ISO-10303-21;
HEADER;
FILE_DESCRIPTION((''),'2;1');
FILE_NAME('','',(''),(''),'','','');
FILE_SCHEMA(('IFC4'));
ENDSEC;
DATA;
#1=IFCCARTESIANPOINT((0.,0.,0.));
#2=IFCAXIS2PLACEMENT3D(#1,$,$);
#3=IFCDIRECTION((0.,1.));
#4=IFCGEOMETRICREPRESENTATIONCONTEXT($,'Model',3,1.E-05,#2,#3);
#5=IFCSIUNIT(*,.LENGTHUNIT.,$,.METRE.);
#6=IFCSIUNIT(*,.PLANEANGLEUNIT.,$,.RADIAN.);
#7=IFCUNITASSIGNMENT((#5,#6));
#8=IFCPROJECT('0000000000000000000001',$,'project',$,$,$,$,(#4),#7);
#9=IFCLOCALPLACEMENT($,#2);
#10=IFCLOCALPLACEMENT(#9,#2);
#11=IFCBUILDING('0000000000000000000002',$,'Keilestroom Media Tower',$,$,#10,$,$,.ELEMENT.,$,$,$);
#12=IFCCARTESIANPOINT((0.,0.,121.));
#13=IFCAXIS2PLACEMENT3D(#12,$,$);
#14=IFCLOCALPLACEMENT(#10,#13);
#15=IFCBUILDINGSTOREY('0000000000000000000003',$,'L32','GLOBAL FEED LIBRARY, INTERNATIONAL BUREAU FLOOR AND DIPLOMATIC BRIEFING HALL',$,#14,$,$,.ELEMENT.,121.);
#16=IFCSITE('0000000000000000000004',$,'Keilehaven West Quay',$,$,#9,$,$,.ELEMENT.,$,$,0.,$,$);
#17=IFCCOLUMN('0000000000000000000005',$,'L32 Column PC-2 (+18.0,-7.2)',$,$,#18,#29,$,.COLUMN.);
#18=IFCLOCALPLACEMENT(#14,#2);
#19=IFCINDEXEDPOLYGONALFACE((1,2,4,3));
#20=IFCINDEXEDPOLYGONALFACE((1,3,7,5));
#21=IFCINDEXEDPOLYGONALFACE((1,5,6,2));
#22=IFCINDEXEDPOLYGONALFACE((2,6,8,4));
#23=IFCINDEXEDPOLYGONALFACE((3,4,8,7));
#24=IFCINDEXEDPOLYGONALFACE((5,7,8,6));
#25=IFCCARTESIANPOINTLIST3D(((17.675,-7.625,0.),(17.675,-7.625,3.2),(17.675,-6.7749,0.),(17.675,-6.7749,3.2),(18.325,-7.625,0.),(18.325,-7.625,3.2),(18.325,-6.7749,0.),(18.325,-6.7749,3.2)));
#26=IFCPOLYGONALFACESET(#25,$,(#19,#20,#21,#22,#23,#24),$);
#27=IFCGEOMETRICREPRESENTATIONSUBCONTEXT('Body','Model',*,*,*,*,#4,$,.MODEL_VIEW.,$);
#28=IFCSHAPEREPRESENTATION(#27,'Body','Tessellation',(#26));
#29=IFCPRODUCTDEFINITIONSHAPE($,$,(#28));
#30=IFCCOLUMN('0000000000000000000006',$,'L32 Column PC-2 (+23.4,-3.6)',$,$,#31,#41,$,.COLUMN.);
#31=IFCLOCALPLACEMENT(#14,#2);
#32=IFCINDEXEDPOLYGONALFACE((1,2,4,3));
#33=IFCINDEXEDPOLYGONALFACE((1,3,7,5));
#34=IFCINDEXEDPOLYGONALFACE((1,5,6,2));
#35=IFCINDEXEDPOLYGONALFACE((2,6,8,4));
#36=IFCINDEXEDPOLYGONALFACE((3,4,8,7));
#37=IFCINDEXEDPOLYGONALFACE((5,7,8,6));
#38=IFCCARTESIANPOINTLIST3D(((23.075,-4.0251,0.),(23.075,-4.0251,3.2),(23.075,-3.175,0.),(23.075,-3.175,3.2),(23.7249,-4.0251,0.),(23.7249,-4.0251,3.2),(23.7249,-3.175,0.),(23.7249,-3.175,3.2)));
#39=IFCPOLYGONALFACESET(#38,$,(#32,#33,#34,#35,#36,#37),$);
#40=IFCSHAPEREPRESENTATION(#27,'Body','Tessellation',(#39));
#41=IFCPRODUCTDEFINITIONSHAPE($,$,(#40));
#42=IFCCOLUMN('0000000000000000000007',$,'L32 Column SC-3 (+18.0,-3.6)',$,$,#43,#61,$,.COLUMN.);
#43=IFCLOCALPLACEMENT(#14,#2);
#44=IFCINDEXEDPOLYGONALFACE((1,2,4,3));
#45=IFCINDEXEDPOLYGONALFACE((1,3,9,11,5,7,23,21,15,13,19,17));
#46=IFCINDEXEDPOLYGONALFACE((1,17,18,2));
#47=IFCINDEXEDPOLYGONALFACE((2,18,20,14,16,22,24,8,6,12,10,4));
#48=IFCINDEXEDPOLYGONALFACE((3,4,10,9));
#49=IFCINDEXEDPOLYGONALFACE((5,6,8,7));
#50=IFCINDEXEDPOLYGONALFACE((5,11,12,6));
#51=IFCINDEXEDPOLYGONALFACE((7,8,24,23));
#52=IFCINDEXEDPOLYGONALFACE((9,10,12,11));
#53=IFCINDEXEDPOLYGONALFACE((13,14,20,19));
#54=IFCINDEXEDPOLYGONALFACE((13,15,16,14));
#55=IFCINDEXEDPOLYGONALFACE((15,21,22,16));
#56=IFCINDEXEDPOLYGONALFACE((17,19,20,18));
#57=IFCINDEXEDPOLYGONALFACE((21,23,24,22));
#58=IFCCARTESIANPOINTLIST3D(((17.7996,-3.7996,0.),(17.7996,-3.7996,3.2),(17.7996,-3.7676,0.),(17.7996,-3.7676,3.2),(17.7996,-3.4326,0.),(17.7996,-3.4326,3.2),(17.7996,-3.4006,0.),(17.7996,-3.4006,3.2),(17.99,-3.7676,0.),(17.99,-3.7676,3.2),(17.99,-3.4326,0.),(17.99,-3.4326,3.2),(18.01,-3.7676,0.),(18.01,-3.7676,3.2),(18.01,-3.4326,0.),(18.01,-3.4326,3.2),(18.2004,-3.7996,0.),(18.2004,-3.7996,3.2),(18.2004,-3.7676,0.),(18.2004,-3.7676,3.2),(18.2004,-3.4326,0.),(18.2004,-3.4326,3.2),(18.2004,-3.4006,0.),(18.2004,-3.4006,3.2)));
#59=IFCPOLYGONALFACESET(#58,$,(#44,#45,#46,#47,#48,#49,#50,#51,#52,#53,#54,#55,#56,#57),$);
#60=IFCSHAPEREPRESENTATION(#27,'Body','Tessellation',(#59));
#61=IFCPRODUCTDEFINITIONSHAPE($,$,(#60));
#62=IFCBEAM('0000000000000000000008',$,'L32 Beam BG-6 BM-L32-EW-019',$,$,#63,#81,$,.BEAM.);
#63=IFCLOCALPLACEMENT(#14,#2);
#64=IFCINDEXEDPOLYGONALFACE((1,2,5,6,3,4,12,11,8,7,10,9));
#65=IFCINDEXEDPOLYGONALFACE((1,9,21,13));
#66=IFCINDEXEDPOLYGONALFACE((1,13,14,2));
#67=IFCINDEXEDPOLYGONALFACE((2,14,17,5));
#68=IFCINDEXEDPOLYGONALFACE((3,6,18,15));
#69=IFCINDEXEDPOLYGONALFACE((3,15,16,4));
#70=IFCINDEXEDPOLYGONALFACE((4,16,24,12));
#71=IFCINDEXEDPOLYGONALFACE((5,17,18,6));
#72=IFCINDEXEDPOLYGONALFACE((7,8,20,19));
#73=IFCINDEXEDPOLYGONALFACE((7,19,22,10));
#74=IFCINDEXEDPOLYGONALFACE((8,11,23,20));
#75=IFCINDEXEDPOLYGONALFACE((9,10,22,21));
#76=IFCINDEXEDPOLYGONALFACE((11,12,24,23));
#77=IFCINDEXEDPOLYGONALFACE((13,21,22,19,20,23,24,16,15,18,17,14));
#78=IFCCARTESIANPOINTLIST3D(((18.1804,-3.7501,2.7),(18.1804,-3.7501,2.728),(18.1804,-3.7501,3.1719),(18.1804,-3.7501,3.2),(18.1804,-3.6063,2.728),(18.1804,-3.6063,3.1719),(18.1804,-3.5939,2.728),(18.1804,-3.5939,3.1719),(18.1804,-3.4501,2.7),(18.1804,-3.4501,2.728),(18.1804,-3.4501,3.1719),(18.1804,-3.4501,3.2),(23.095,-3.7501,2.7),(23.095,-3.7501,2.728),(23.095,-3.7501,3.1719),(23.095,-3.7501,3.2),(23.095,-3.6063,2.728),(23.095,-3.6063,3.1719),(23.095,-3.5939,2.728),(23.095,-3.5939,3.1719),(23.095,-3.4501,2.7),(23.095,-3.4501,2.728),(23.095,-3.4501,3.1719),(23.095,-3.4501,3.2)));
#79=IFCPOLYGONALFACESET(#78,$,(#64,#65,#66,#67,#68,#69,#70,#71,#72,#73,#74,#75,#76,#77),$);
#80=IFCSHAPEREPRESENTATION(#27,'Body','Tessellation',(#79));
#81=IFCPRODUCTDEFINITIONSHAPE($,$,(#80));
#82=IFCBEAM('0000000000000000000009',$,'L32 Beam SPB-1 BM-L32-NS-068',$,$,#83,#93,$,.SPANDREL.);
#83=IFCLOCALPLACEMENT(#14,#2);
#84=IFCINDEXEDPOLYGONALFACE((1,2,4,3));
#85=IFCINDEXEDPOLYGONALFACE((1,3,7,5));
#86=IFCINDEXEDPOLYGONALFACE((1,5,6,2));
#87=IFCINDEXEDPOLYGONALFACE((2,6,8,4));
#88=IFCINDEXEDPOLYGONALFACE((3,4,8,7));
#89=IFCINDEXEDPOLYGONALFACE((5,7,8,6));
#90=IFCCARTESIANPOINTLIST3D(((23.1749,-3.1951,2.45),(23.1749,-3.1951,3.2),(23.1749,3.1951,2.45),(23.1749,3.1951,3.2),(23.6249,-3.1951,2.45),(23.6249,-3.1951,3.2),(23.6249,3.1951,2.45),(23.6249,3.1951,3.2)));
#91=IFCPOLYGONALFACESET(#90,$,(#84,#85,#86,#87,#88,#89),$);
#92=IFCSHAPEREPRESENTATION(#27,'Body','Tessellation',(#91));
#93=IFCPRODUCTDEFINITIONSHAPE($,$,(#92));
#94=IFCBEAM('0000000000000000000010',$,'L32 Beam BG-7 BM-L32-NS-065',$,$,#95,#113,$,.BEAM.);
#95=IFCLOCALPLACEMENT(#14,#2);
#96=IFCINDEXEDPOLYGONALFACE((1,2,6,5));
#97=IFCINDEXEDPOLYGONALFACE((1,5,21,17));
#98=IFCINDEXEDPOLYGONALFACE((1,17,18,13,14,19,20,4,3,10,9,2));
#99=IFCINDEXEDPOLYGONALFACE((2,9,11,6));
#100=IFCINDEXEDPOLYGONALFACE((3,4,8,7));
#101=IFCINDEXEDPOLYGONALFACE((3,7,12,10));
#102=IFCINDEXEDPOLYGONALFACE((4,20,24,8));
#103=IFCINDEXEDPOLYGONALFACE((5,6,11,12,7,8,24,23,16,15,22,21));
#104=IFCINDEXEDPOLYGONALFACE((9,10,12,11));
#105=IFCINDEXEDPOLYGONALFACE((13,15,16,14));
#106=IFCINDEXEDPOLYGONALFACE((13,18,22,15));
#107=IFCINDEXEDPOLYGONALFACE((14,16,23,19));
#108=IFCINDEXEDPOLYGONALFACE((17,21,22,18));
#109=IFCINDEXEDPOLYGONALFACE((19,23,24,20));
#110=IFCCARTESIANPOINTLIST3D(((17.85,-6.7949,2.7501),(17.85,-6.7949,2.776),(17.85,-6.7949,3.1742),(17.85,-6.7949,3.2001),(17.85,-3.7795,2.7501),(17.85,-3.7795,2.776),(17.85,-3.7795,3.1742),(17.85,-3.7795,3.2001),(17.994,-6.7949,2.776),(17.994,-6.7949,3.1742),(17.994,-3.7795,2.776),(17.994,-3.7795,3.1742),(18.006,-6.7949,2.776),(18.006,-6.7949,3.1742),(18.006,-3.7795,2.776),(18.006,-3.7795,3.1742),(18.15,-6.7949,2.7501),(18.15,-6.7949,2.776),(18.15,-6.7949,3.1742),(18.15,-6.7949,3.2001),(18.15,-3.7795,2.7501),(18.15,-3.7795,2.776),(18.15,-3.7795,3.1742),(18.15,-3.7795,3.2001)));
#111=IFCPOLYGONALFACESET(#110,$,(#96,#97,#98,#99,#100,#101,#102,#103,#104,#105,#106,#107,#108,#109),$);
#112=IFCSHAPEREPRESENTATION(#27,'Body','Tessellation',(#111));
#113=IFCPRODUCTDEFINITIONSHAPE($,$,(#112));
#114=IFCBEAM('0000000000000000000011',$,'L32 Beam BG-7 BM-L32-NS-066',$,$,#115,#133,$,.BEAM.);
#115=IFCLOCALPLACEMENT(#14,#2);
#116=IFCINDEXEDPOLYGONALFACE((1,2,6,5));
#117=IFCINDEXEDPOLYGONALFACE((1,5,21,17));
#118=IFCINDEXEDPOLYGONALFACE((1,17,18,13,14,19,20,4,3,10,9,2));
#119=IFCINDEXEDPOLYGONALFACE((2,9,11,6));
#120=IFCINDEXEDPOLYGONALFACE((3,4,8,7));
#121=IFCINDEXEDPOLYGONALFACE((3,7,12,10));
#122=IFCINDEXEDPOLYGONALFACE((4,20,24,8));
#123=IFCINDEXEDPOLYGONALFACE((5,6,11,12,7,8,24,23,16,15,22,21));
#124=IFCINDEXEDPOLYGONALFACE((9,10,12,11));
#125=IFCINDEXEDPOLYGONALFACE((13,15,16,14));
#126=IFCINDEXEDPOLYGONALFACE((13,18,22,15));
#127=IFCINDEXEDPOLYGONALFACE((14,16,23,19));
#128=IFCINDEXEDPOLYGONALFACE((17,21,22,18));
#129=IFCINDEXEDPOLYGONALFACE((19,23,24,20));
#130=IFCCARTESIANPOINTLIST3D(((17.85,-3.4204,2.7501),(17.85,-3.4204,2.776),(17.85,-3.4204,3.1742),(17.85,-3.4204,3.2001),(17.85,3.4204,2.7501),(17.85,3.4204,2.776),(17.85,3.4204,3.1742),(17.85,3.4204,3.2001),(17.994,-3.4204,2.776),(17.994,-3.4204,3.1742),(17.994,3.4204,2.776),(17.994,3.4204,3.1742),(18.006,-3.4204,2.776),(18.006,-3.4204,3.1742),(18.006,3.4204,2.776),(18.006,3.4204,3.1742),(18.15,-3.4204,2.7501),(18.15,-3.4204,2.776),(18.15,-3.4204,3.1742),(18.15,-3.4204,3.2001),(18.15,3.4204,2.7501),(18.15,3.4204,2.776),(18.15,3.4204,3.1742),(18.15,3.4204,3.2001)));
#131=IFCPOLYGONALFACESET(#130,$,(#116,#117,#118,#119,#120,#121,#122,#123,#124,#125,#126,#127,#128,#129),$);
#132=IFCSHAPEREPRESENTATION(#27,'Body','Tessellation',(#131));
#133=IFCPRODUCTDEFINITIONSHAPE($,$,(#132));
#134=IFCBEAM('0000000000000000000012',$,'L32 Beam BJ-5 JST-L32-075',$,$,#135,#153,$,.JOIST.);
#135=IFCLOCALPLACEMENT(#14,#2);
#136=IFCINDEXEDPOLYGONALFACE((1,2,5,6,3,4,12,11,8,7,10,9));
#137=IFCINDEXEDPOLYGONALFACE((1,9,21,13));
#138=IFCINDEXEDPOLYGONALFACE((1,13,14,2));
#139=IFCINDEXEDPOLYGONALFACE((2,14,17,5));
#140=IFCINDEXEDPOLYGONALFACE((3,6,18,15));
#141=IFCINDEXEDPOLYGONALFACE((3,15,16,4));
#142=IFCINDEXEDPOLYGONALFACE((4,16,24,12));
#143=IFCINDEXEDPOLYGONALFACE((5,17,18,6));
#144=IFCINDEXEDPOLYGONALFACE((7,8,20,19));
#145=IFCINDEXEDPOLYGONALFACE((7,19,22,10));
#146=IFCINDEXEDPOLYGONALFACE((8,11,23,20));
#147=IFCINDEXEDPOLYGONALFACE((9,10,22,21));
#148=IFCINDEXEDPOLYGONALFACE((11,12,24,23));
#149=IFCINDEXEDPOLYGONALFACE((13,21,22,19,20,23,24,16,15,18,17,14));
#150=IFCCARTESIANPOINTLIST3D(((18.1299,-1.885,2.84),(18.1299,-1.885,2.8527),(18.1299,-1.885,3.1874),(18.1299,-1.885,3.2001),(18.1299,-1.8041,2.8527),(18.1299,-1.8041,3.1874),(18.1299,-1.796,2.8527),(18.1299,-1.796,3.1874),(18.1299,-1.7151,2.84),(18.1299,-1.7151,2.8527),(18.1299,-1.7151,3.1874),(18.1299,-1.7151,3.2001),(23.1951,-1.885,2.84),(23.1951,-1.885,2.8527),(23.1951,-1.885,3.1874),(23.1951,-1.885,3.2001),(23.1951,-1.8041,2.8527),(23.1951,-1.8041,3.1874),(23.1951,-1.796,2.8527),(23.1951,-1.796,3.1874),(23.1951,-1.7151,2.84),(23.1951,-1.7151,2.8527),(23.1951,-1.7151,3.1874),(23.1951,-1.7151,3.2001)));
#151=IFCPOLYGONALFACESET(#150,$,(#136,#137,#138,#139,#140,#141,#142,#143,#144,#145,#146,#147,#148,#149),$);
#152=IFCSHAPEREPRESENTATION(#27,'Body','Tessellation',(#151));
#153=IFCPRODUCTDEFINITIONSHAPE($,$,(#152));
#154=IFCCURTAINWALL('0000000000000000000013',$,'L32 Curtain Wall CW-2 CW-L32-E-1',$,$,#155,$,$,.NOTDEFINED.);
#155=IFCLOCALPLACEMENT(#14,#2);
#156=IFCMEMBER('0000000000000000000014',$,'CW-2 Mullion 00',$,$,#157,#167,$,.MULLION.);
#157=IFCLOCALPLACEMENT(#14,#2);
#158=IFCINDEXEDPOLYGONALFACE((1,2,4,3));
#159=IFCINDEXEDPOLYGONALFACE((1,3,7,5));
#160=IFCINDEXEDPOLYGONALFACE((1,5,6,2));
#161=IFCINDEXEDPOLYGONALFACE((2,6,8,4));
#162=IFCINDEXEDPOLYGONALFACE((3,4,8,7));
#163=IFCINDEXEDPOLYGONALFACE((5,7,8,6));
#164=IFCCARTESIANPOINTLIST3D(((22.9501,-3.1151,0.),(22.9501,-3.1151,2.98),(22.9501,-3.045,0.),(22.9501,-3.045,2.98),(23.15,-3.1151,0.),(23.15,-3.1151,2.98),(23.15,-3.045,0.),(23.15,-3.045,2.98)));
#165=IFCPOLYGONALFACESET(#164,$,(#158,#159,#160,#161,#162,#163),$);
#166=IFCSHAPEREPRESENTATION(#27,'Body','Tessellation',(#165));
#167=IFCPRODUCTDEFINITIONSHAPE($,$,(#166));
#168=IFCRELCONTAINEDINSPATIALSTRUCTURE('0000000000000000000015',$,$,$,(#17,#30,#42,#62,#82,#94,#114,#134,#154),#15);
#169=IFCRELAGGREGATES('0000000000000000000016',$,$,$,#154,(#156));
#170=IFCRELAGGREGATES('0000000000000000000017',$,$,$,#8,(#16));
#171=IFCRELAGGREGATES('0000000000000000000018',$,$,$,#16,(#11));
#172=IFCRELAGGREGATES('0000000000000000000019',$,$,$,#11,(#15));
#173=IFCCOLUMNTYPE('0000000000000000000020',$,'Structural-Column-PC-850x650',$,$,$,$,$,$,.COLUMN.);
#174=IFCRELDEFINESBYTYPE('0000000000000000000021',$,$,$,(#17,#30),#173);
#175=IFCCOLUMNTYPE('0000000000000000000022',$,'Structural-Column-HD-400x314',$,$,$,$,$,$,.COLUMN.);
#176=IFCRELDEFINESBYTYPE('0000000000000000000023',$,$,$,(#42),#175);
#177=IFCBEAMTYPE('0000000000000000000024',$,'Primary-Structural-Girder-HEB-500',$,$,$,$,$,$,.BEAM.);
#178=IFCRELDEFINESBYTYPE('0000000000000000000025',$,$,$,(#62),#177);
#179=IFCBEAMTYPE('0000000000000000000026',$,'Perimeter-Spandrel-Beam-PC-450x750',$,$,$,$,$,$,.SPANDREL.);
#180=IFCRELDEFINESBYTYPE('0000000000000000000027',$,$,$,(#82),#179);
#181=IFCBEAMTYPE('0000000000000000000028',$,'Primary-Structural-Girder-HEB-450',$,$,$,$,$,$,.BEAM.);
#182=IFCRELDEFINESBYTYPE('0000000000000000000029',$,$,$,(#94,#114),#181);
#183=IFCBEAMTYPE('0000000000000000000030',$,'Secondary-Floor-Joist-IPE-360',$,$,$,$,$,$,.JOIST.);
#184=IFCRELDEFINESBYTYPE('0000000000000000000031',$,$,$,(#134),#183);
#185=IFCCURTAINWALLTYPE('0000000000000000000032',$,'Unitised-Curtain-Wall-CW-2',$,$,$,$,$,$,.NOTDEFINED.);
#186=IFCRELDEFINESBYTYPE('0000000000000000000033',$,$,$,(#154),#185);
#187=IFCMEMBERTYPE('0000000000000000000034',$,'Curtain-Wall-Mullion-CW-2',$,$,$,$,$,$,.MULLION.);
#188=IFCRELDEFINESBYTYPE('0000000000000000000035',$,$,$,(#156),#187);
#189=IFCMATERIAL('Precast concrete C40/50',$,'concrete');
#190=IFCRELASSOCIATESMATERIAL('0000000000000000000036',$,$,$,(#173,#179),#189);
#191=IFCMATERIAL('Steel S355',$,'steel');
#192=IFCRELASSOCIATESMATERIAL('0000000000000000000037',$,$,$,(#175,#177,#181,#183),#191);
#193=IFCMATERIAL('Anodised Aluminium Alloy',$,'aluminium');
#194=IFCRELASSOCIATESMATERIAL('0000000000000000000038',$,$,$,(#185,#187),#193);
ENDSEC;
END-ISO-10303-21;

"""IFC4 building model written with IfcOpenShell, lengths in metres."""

from ifc_helpers import new_model, si_unit, direction, frame, origin, origin_2d, place, context, subcontext, project, spatial, rectangle, i_section, extrude, source, transform, mapped, material, material_profile, profile_set, type_object, element, aggregate, save


model = new_model("IFC4")

# Units and contexts
model_context = context("Model", 3, precision=1e-05, world=origin(), true_north=direction((0.0, 1.0)))
body_context = subcontext(model_context, "Body", "Model", "MODEL_VIEW")
ifc_project = project(units=[si_unit("LENGTHUNIT", "METRE"), si_unit("PLANEANGLEUNIT", "RADIAN")], contexts=[model_context])

# Site, building, storey
site_placement = place(None, origin())
site = spatial("IfcSite", under=ifc_project, at=site_placement, Name="Keilehaven West Quay", CompositionType="ELEMENT", RefElevation=0.0)
building_placement = place(site_placement, origin())
building = spatial("IfcBuilding", under=site, at=building_placement, Name="Keilestroom Media Tower", CompositionType="ELEMENT")
storey_placement = place(building_placement, frame((0.0, 0.0, 121.0)))
storey = spatial("IfcBuildingStorey", under=building, at=storey_placement, Name="L32", Description="GLOBAL FEED LIBRARY, INTERNATIONAL BUREAU FLOOR AND DIPLOMATIC BRIEFING HALL", CompositionType="ELEMENT", Elevation=121.0)

# Columns
ifc_material_1 = material(Name="Precast concrete C40/50", Category="concrete")
ifc_material_profile_1 = material_profile(ifc_material_1, rectangle(XDim=0.6499, YDim=0.8501, at=origin_2d()), Name="PC 850x650")
ifc_profile_set_1 = profile_set([ifc_material_profile_1], Name="Precast concrete C40/50")
column_type_1 = type_object("IfcColumnType", Name="Structural-Column-PC-850x650", PredefinedType="COLUMN", material=ifc_profile_set_1)
shared_shape_1 = source(origin(), body_context, "Body", "SweptSolid", [
    extrude(rectangle(XDim=0.6499, YDim=0.8501, at=origin_2d()), origin(), (0.0, 0.0, 1.0), 3.2),
])
for number, where, z_axis, x_axis, name in (
    (1, (18.0, -7.2, 0.0), (0.0, 0.0, 1.0), (1.0, 0.0, 0.0), "L32 Column PC-2 (+18.0,-7.2)"),
    (2, (23.3999, -3.6001, 0.0), (0.0, 0.0, 1.0), (1.0, 0.0, 0.0), "L32 Column PC-2 (+23.4,-3.6)"),
):
    element("IfcColumn", number, at=place(storey_placement, frame(where, z_axis=z_axis, x_axis=x_axis)), inside=storey, type_object=column_type_1, Name=name, PredefinedType="COLUMN", context=body_context, shape_type="MappedRepresentation", body=[
        mapped(shared_shape_1, transform((0.0, 0.0, 0.0), x_axis=(1.0, 0.0, 0.0), y_axis=(0.0, 1.0, 0.0), z_axis=(0.0, 0.0, 1.0), scale=1.0)),
    ])
ifc_material_2 = material(Name="Steel S355", Category="steel")
ifc_material_profile_2 = material_profile(ifc_material_2, i_section(OverallWidth=0.4009, OverallDepth=0.3989, WebThickness=0.02, FlangeThickness=0.032, at=origin_2d()), Name="HD 400x314")
ifc_profile_set_2 = profile_set([ifc_material_profile_2], Name="Steel S355")
column_type_2 = type_object("IfcColumnType", Name="Structural-Column-HD-400x314", PredefinedType="COLUMN", material=ifc_profile_set_2)
shared_shape_2 = source(origin(), body_context, "Body", "SweptSolid", [
    extrude(i_section(OverallWidth=0.4009, OverallDepth=0.3989, WebThickness=0.02, FlangeThickness=0.032, at=origin_2d()), origin(), (0.0, 0.0, 1.0), 3.2),
])
column_placement = place(storey_placement, frame((18.0, -3.6001, 0.0), z_axis=(0.0, 0.0, 1.0), x_axis=(1.0, 0.0, 0.0)))
element("IfcColumn", 3, at=column_placement, inside=storey, type_object=column_type_2, Name="L32 Column SC-3 (+18.0,-3.6)", PredefinedType="COLUMN", context=body_context, shape_type="MappedRepresentation", body=[
    mapped(shared_shape_2, transform((0.0, 0.0, 0.0), x_axis=(1.0, 0.0, 0.0), y_axis=(0.0, 1.0, 0.0), z_axis=(0.0, 0.0, 1.0), scale=1.0)),
])

# Beams
ifc_material_profile_3 = material_profile(ifc_material_2, i_section(OverallWidth=0.3, OverallDepth=0.5, WebThickness=0.0125, FlangeThickness=0.0281, at=origin_2d()), Name="HEB 500")
ifc_profile_set_3 = profile_set([ifc_material_profile_3], Name="Steel S355")
beam_type_1 = type_object("IfcBeamType", Name="Primary-Structural-Girder-HEB-500", PredefinedType="BEAM", material=ifc_profile_set_3)
shared_shape_3 = source(origin(), body_context, "Body", "SweptSolid", [
    extrude(i_section(OverallWidth=0.3, OverallDepth=0.5, WebThickness=0.0125, FlangeThickness=0.0281, at=origin_2d()), origin(), (0.0, 0.0, 1.0), 4.9146),
])
beam_1_placement = place(storey_placement, frame((18.1804, -3.6001, 2.95), z_axis=(1.0, 0.0, 0.0), x_axis=(0.0, 1.0, 0.0)))
element("IfcBeam", 4, at=beam_1_placement, inside=storey, type_object=beam_type_1, Name="L32 Beam BG-6 BM-L32-EW-019", PredefinedType="BEAM", context=body_context, shape_type="MappedRepresentation", body=[
    mapped(shared_shape_3, transform((0.0, 0.0, 0.0), x_axis=(1.0, 0.0, 0.0), y_axis=(0.0, 1.0, 0.0), z_axis=(0.0, 0.0, 1.0), scale=1.0)),
])
ifc_material_profile_4 = material_profile(ifc_material_1, rectangle(XDim=0.45, YDim=0.75, at=origin_2d()), Name="PC 450x750")
ifc_profile_set_4 = profile_set([ifc_material_profile_4], Name="Precast concrete C40/50")
beam_type_2 = type_object("IfcBeamType", Name="Perimeter-Spandrel-Beam-PC-450x750", PredefinedType="SPANDREL", material=ifc_profile_set_4)
shared_shape_4 = source(origin(), body_context, "Body", "SweptSolid", [
    extrude(rectangle(XDim=0.45, YDim=0.75, at=origin_2d()), origin(), (0.0, 0.0, 1.0), 6.3901),
])
beam_2_placement = place(storey_placement, frame((23.3999, -3.1951, 2.825), z_axis=(0.0, 1.0, 0.0), x_axis=(-1.0, 0.0, 0.0)))
element("IfcBeam", 5, at=beam_2_placement, inside=storey, type_object=beam_type_2, Name="L32 Beam SPB-1 BM-L32-NS-068", PredefinedType="SPANDREL", context=body_context, shape_type="MappedRepresentation", body=[
    mapped(shared_shape_4, transform((0.0, 0.0, 0.0), x_axis=(1.0, 0.0, 0.0), y_axis=(0.0, 1.0, 0.0), z_axis=(0.0, 0.0, 1.0), scale=1.0)),
])
ifc_material_profile_5 = material_profile(ifc_material_2, i_section(OverallWidth=0.3, OverallDepth=0.45, WebThickness=0.012, FlangeThickness=0.0259, at=origin_2d()), Name="HEB 450")
ifc_profile_set_5 = profile_set([ifc_material_profile_5], Name="Steel S355")
beam_type_3 = type_object("IfcBeamType", Name="Primary-Structural-Girder-HEB-450", PredefinedType="BEAM", material=ifc_profile_set_5)
shared_shape_5 = source(origin(), body_context, "Body", "SweptSolid", [
    extrude(i_section(OverallWidth=0.3, OverallDepth=0.45, WebThickness=0.012, FlangeThickness=0.0259, at=origin_2d()), origin(), (0.0, 0.0, 1.0), 3.0154),
])
beam_3_placement = place(storey_placement, frame((18.0, -6.7949, 2.9751), z_axis=(0.0, 1.0, 0.0), x_axis=(-1.0, 0.0, 0.0)))
element("IfcBeam", 6, at=beam_3_placement, inside=storey, type_object=beam_type_3, Name="L32 Beam BG-7 BM-L32-NS-065", PredefinedType="BEAM", context=body_context, shape_type="MappedRepresentation", body=[
    mapped(shared_shape_5, transform((0.0, 0.0, 0.0), x_axis=(1.0, 0.0, 0.0), y_axis=(0.0, 1.0, 0.0), z_axis=(0.0, 0.0, 1.0), scale=1.0)),
])
shared_shape_6 = source(origin(), body_context, "Body", "SweptSolid", [
    extrude(i_section(OverallWidth=0.3, OverallDepth=0.45, WebThickness=0.012, FlangeThickness=0.0259, at=origin_2d()), origin(), (0.0, 0.0, 1.0), 6.8408),
])
beam_4_placement = place(storey_placement, frame((18.0, -3.4204, 2.9751), z_axis=(0.0, 1.0, 0.0), x_axis=(-1.0, 0.0, 0.0)))
element("IfcBeam", 7, at=beam_4_placement, inside=storey, type_object=beam_type_3, Name="L32 Beam BG-7 BM-L32-NS-066", PredefinedType="BEAM", context=body_context, shape_type="MappedRepresentation", body=[
    mapped(shared_shape_6, transform((0.0, 0.0, 0.0), x_axis=(1.0, 0.0, 0.0), y_axis=(0.0, 1.0, 0.0), z_axis=(0.0, 0.0, 1.0), scale=1.0)),
])
ifc_material_profile_6 = material_profile(ifc_material_2, i_section(OverallWidth=0.1699, OverallDepth=0.3601, WebThickness=0.0081, FlangeThickness=0.0127, at=origin_2d()), Name="IPE 360")
ifc_profile_set_6 = profile_set([ifc_material_profile_6], Name="Steel S355")
beam_type_4 = type_object("IfcBeamType", Name="Secondary-Floor-Joist-IPE-360", PredefinedType="JOIST", material=ifc_profile_set_6)
shared_shape_7 = source(origin(), body_context, "Body", "SweptSolid", [
    extrude(i_section(OverallWidth=0.1699, OverallDepth=0.3601, WebThickness=0.0081, FlangeThickness=0.0127, at=origin_2d()), origin(), (0.0, 0.0, 1.0), 5.0652),
])
beam_5_placement = place(storey_placement, frame((18.1299, -1.8, 3.02), z_axis=(1.0, 0.0, 0.0), x_axis=(0.0, 1.0, 0.0)))
element("IfcBeam", 8, at=beam_5_placement, inside=storey, type_object=beam_type_4, Name="L32 Beam BJ-5 JST-L32-075", PredefinedType="JOIST", context=body_context, shape_type="MappedRepresentation", body=[
    mapped(shared_shape_7, transform((0.0, 0.0, 0.0), x_axis=(1.0, 0.0, 0.0), y_axis=(0.0, 1.0, 0.0), z_axis=(0.0, 0.0, 1.0), scale=1.0)),
])

# Curtain wall, member
ifc_material_3 = material(Name="Anodised Aluminium Alloy", Category="aluminium")
curtain_wall_type = type_object("IfcCurtainWallType", Name="Unitised-Curtain-Wall-CW-2", PredefinedType="NOTDEFINED", material=ifc_material_3)
curtain_wall_1_placement = place(storey_placement, origin())
curtain_wall_1 = element("IfcCurtainWall", 9, at=curtain_wall_1_placement, inside=storey, type_object=curtain_wall_type, Name="L32 Curtain Wall CW-2 CW-L32-E-1", PredefinedType="NOTDEFINED")
ifc_material_profile_7 = material_profile(ifc_material_3, rectangle(XDim=0.0701, YDim=0.2, at=origin_2d()), Name="ALU MULLION 70x200")
ifc_profile_set_7 = profile_set([ifc_material_profile_7], Name="Anodised Aluminium Alloy")
member_type_1 = type_object("IfcMemberType", Name="Curtain-Wall-Mullion-CW-2", PredefinedType="MULLION", material=ifc_profile_set_7)
shared_shape_8 = source(origin(), body_context, "Body", "SweptSolid", [
    extrude(rectangle(XDim=0.0701, YDim=0.2, at=origin_2d()), origin(), (0.0, 0.0, 1.0), 2.98),
])
member_1_placement = place(storey_placement, frame((23.05, -3.0801, 0.0), z_axis=(0.0, 0.0, 1.0), x_axis=(0.0, 1.0, 0.0)))
member_1 = element("IfcMember", 10, at=member_1_placement, type_object=member_type_1, Name="CW-2 Mullion 00", PredefinedType="MULLION", context=body_context, shape_type="MappedRepresentation", body=[
    mapped(shared_shape_8, transform((0.0, 0.0, 0.0), x_axis=(1.0, 0.0, 0.0), y_axis=(0.0, 1.0, 0.0), z_axis=(0.0, 0.0, 1.0), scale=1.0)),
])

aggregate(curtain_wall_1, [member_1])

save(model, "model.ifc")
